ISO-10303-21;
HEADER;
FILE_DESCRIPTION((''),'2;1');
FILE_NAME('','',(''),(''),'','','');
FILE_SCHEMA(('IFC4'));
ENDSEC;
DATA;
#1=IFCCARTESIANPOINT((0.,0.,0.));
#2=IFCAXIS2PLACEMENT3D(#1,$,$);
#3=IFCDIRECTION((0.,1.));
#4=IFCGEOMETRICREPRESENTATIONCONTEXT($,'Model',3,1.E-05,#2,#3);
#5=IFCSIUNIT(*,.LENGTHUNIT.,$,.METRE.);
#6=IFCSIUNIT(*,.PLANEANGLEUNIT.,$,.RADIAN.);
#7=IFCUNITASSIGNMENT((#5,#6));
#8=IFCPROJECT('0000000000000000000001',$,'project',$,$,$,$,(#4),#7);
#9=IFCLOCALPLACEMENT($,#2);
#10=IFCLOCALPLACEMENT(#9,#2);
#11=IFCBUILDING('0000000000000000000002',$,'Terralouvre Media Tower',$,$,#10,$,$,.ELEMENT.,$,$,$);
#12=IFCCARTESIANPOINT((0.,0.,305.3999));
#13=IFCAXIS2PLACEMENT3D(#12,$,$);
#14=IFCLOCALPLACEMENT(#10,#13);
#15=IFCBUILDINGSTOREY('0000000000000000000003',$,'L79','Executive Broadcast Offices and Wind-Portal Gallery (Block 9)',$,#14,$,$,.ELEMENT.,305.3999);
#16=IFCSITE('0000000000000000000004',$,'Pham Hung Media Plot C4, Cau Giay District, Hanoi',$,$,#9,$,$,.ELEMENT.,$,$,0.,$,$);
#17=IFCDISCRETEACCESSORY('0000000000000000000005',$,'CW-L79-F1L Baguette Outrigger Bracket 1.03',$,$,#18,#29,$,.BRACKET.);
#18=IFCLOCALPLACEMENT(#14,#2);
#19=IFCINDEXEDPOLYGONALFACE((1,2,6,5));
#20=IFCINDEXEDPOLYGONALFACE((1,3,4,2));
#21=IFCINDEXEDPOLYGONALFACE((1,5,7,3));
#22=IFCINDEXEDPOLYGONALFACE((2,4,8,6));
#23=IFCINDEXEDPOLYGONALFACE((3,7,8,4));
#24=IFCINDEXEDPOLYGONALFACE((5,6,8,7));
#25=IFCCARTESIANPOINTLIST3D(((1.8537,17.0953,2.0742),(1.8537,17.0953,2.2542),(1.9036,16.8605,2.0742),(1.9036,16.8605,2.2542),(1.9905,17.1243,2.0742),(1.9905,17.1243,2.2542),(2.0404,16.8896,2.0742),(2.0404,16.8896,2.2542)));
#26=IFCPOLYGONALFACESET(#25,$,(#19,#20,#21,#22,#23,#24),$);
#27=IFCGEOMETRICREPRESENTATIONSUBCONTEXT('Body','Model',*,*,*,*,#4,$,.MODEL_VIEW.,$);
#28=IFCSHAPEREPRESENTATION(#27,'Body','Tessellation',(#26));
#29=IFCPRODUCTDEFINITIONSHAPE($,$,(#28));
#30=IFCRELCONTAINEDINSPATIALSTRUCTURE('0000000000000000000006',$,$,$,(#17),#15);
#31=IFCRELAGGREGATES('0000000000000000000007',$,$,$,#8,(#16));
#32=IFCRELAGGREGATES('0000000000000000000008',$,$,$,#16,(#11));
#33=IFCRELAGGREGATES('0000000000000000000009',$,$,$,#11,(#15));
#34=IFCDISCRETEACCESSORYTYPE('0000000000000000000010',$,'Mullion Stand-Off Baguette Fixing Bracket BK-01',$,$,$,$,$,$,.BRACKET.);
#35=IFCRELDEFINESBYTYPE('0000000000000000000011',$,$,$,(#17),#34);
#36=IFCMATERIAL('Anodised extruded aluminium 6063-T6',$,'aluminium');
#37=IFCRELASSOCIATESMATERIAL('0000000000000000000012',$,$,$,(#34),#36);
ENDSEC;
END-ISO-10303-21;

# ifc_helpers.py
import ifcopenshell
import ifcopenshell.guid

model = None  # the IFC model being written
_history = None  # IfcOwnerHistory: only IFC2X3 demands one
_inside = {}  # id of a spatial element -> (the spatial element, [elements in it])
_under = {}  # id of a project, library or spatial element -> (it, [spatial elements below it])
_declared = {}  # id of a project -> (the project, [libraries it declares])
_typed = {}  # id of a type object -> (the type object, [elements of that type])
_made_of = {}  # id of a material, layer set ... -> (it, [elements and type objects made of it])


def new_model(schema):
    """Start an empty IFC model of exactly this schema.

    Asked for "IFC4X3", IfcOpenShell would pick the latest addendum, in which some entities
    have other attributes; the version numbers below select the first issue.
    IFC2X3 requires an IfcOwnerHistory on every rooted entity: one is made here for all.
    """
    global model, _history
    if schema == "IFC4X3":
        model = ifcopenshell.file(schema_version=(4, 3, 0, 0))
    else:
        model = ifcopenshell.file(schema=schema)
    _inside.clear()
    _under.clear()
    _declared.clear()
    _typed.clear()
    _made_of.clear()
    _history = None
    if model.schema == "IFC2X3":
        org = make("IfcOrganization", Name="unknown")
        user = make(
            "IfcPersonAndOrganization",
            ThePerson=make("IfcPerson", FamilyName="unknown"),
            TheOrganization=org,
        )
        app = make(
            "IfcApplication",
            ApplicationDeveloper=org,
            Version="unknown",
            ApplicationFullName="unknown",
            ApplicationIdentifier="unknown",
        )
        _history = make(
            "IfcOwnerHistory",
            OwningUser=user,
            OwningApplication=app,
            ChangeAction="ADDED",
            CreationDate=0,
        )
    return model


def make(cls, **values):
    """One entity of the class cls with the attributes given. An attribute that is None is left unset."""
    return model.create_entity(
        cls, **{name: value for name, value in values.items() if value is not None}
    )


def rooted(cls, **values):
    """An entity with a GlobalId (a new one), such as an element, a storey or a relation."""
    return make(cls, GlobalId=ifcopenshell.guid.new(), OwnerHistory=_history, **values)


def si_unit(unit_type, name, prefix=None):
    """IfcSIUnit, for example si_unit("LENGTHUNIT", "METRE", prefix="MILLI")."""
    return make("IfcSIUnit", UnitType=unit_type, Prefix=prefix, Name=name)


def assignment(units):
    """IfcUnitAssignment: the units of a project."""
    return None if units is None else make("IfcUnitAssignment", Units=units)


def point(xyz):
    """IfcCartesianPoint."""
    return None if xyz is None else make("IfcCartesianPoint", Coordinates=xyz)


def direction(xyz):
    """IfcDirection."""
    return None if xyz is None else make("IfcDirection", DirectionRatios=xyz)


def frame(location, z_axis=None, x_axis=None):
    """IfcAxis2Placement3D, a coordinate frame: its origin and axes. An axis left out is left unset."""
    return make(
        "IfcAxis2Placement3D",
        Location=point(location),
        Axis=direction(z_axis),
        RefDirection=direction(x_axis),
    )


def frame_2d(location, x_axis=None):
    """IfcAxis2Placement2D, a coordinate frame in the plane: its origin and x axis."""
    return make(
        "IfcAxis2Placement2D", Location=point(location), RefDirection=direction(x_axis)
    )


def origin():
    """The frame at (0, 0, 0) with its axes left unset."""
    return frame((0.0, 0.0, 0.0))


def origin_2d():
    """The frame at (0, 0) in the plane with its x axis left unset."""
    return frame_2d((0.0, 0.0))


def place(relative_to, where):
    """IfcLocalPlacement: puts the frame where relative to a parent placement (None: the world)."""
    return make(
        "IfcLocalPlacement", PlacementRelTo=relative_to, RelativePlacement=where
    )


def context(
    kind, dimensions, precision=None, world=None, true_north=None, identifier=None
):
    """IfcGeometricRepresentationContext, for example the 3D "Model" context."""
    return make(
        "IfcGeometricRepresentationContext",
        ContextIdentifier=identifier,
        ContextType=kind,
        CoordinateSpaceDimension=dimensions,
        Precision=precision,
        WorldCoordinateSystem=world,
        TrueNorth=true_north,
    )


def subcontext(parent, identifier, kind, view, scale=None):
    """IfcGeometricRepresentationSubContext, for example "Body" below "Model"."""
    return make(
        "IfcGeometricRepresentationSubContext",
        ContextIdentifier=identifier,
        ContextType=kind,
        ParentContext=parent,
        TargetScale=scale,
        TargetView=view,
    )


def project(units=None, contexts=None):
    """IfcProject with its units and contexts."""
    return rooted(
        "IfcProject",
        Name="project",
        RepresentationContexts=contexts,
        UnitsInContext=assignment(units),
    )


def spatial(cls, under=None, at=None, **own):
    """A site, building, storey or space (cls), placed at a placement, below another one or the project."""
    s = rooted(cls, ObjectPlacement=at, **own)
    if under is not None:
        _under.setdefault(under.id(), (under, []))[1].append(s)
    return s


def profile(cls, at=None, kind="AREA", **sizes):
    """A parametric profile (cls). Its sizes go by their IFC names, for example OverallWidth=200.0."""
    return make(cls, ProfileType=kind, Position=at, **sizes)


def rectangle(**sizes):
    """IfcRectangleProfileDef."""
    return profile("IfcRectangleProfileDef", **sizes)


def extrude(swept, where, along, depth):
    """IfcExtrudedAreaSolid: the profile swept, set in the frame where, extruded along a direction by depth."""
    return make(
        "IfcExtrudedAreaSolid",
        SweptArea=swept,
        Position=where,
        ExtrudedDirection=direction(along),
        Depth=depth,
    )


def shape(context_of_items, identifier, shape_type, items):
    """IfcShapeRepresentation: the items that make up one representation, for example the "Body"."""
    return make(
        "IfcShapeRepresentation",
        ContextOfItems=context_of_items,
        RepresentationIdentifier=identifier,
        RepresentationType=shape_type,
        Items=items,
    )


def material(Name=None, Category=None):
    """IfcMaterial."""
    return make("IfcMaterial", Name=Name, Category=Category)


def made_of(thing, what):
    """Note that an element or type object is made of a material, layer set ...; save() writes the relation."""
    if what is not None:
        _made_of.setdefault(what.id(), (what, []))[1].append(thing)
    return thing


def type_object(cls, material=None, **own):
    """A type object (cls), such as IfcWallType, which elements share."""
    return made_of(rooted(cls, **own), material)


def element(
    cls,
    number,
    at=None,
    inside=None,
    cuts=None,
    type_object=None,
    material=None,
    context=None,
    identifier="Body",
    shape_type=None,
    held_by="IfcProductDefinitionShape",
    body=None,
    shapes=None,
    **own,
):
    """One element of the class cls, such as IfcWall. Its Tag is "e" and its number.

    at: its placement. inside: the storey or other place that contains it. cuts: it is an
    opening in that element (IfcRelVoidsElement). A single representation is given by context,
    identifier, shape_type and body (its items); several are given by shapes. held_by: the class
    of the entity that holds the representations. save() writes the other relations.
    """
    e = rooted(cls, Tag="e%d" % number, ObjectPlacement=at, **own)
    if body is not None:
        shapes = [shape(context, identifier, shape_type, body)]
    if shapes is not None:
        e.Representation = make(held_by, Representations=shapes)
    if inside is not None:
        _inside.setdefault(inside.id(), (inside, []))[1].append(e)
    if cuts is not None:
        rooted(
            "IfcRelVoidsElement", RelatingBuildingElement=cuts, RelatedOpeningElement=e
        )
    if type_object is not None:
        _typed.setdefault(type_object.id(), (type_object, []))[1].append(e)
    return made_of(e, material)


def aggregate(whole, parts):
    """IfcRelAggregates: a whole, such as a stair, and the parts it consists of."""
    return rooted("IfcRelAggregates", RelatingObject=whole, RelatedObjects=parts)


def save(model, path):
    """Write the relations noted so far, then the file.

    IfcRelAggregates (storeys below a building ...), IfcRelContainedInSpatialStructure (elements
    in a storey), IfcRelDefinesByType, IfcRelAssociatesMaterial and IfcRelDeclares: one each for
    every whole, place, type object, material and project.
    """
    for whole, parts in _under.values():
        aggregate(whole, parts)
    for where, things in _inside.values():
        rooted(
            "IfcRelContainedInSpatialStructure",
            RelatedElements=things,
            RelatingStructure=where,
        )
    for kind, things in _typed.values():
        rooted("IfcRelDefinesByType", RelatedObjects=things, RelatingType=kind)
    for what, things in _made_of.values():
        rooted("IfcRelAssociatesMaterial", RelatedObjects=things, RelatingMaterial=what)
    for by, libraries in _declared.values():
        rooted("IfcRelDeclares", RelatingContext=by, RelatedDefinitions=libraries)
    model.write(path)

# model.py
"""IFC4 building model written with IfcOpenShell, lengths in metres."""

from ifc_helpers import new_model, si_unit, direction, frame, origin, origin_2d, place, context, subcontext, project, spatial, rectangle, extrude, material, type_object, element, save


model = new_model("IFC4")

# Units and contexts
model_context = context("Model", 3, precision=1e-05, world=origin(), true_north=direction((0.0, 1.0)))
body_context = subcontext(model_context, "Body", "Model", "MODEL_VIEW")
ifc_project = project(units=[si_unit("LENGTHUNIT", "METRE"), si_unit("PLANEANGLEUNIT", "RADIAN")], contexts=[model_context])

# Site, building, storey
site_placement = place(None, origin())
site = spatial("IfcSite", under=ifc_project, at=site_placement, Name="Pham Hung Media Plot C4, Cau Giay District, Hanoi", CompositionType="ELEMENT", RefElevation=0.0)
building_placement = place(site_placement, origin())
building = spatial("IfcBuilding", under=site, at=building_placement, Name="Terralouvre Media Tower", CompositionType="ELEMENT")
storey_placement = place(building_placement, frame((0.0, 0.0, 305.3999)))
storey = spatial("IfcBuildingStorey", under=building, at=storey_placement, Name="L79", Description="Executive Broadcast Offices and Wind-Portal Gallery (Block 9)", CompositionType="ELEMENT", Elevation=305.3999)

# Discrete accessory
ifc_material_1 = material(Name="Anodised extruded aluminium 6063-T6", Category="aluminium")
discrete_accessory_type = type_object("IfcDiscreteAccessoryType", Name="Mullion Stand-Off Baguette Fixing Bracket BK-01", PredefinedType="BRACKET", material=ifc_material_1)
for number, where, z_axis, x_axis, name in (
    (1, (1.947, 16.9924, 2.0742), (0.0, 0.0, 1.0), (-0.978148, -0.207912, 0.0), "CW-L79-F1L Baguette Outrigger Bracket 1.03"),
):
    element("IfcDiscreteAccessory", number, at=place(storey_placement, frame(where, z_axis=z_axis, x_axis=x_axis)), inside=storey, type_object=discrete_accessory_type, Name=name, PredefinedType="BRACKET", context=body_context, shape_type="SweptSolid", body=[
        extrude(rectangle(XDim=0.1399, YDim=0.24, at=origin_2d()), origin(), (0.0, 0.0, 1.0), 0.1799),
    ])

save(model, "model.ifc")
